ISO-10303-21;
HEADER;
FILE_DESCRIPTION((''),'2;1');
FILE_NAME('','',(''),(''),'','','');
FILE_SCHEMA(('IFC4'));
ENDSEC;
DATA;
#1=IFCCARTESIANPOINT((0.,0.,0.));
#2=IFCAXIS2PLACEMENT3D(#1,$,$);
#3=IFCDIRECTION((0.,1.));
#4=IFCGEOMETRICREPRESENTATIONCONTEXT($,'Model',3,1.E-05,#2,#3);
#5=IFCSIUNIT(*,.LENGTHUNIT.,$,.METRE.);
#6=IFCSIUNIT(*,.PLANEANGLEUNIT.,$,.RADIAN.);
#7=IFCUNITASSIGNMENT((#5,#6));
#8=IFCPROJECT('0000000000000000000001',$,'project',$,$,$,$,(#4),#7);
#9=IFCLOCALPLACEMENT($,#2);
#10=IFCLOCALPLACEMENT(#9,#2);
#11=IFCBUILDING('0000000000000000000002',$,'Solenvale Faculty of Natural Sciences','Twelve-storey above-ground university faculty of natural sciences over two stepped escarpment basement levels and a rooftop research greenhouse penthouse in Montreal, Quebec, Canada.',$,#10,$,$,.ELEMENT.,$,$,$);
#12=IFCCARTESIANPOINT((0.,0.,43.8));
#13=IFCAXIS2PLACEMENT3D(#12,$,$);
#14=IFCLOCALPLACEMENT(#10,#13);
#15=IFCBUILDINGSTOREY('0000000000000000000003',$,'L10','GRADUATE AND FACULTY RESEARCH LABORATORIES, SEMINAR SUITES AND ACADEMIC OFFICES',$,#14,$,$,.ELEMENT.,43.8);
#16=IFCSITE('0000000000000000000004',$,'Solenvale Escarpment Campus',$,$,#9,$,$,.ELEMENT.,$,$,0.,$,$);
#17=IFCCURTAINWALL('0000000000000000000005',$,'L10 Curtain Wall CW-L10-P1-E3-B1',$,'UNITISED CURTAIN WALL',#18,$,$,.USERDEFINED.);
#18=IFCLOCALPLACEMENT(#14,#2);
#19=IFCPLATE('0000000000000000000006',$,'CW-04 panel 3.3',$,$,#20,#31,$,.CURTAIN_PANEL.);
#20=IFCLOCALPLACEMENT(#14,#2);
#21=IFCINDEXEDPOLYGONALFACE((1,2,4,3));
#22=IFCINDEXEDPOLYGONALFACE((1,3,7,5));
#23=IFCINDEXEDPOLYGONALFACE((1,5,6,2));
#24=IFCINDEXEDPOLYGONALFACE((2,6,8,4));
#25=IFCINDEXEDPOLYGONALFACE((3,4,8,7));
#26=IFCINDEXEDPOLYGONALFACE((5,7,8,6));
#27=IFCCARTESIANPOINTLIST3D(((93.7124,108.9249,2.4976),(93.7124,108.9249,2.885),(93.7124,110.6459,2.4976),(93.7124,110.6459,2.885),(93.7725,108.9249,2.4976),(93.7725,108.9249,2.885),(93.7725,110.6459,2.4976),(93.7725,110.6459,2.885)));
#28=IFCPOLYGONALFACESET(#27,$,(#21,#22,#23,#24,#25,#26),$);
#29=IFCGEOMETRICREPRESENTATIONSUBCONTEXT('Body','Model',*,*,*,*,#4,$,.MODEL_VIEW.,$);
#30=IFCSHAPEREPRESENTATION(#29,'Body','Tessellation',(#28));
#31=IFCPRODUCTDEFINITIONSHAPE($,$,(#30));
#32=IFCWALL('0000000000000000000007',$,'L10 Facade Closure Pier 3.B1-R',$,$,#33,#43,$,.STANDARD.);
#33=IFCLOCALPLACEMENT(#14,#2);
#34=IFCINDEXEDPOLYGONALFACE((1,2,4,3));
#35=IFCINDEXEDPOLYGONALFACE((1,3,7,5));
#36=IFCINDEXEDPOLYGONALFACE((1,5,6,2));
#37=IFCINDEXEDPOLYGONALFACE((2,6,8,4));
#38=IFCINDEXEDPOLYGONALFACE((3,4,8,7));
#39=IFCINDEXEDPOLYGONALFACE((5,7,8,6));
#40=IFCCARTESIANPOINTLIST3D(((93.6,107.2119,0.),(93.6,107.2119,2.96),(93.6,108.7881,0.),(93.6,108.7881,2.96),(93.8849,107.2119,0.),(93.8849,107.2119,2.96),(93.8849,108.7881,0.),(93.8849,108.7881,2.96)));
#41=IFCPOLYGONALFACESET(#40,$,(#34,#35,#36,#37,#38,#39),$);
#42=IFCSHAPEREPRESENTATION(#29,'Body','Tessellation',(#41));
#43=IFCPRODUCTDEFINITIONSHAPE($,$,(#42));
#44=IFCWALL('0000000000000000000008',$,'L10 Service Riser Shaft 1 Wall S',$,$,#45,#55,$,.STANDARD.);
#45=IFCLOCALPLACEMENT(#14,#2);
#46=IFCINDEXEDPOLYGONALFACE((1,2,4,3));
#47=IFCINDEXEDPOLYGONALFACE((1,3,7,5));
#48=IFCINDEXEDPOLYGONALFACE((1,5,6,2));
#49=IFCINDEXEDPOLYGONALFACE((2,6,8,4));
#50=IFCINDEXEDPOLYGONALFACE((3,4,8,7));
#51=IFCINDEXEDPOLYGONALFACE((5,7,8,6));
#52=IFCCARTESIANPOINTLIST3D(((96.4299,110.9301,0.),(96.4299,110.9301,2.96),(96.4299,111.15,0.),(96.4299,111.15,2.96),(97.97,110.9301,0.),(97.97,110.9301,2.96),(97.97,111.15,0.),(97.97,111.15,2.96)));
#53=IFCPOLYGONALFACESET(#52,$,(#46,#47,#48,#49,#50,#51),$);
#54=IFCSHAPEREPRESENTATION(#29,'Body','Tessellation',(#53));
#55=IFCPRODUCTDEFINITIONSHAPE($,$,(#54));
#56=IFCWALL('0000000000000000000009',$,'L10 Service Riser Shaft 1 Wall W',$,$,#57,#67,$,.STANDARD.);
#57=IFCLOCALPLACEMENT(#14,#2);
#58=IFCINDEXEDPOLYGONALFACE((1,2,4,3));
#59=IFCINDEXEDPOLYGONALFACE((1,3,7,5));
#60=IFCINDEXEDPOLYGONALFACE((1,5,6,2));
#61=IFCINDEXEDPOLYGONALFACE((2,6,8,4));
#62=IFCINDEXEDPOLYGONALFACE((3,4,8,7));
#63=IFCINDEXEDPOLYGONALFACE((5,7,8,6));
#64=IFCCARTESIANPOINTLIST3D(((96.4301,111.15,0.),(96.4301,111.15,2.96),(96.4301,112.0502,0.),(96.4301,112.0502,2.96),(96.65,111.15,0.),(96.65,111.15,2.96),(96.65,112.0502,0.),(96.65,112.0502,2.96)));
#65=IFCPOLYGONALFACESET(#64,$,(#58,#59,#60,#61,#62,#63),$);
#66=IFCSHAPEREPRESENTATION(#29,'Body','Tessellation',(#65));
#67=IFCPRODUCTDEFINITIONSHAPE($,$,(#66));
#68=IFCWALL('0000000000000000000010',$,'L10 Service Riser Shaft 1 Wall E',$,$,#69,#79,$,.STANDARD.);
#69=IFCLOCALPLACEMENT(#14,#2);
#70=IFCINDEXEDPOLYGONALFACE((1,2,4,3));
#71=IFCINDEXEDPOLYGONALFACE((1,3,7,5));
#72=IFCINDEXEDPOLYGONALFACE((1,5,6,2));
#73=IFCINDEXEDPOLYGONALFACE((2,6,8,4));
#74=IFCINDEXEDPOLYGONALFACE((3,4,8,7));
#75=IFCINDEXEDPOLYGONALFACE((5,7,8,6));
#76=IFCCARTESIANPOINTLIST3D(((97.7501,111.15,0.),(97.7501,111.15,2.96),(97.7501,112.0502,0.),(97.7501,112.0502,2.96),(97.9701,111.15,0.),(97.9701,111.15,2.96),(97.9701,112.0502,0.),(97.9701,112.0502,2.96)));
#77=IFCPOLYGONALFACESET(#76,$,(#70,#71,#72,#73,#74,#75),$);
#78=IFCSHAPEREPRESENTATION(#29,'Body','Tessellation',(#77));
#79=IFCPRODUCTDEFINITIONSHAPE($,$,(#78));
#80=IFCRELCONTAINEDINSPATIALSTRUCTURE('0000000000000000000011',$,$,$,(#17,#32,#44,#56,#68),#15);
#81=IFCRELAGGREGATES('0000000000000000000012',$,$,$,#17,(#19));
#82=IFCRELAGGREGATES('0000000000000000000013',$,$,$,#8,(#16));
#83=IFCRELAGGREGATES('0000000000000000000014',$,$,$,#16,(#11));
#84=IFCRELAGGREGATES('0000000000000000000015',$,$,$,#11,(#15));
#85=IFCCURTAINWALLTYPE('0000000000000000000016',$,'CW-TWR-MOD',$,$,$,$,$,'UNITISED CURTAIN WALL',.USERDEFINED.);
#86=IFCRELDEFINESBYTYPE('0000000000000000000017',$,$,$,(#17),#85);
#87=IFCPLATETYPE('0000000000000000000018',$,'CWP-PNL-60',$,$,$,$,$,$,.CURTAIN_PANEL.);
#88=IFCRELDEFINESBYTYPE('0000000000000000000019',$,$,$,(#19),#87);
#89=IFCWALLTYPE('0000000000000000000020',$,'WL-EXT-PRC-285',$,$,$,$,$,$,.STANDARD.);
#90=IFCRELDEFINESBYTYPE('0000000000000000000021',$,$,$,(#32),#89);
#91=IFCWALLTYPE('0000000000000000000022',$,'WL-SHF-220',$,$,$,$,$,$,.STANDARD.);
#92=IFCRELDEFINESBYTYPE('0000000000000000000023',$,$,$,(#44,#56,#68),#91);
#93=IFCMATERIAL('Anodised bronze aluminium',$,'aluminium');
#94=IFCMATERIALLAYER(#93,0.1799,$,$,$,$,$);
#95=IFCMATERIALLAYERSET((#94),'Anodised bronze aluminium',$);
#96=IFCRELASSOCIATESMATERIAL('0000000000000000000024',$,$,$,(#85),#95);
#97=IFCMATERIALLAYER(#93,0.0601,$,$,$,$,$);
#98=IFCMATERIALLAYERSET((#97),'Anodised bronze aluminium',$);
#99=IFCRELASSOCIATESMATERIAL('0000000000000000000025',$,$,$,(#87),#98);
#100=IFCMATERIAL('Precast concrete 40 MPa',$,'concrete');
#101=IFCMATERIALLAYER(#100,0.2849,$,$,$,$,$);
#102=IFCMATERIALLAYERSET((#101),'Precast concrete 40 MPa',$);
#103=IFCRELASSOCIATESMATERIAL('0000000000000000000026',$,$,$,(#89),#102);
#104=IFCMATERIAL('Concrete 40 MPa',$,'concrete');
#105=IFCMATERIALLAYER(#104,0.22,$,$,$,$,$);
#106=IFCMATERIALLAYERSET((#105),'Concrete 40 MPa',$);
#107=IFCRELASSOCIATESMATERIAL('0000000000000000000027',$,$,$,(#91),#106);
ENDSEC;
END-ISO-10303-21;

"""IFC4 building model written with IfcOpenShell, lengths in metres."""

from ifc_helpers import new_model, si_unit, direction, frame, frame_2d, origin, origin_2d, place, context, subcontext, project, spatial, rectangle, extrude, material, layer, layer_set, type_object, element, aggregate, save


model = new_model("IFC4")

# Units and contexts
model_context = context("Model", 3, precision=1e-05, world=origin(), true_north=direction((0.0, 1.0)))
body_context = subcontext(model_context, "Body", "Model", "MODEL_VIEW")
ifc_project = project(units=[si_unit("LENGTHUNIT", "METRE"), si_unit("PLANEANGLEUNIT", "RADIAN")], contexts=[model_context])

# Site, building, storey
site_placement = place(None, origin())
site = spatial("IfcSite", under=ifc_project, at=site_placement, Name="Solenvale Escarpment Campus", CompositionType="ELEMENT", RefElevation=0.0)
building_placement = place(site_placement, origin())
building = spatial("IfcBuilding", under=site, at=building_placement, Name="Solenvale Faculty of Natural Sciences", Description="Twelve-storey above-ground university faculty of natural sciences over two stepped escarpment basement levels and a rooftop research greenhouse penthouse in Montreal, Quebec, Canada.", CompositionType="ELEMENT")
storey_placement = place(building_placement, frame((0.0, 0.0, 43.8)))
storey = spatial("IfcBuildingStorey", under=building, at=storey_placement, Name="L10", Description="GRADUATE AND FACULTY RESEARCH LABORATORIES, SEMINAR SUITES AND ACADEMIC OFFICES", CompositionType="ELEMENT", Elevation=43.8)

# Shared definitions
ifc_material_1 = material(Name="Concrete 40 MPa", Category="concrete")

# Curtain wall
ifc_material_2 = material(Name="Anodised bronze aluminium", Category="aluminium")
ifc_layer_1 = layer(ifc_material_2, 0.1799)
ifc_layer_set_1 = layer_set([ifc_layer_1], Name="Anodised bronze aluminium")
curtain_wall_type = type_object("IfcCurtainWallType", Name="CW-TWR-MOD", ElementType="UNITISED CURTAIN WALL", PredefinedType="USERDEFINED", material=ifc_layer_set_1)
curtain_wall_1_placement = place(storey_placement, origin())
curtain_wall_1 = element("IfcCurtainWall", 1, at=curtain_wall_1_placement, inside=storey, type_object=curtain_wall_type, Name="L10 Curtain Wall CW-L10-P1-E3-B1", ObjectType="UNITISED CURTAIN WALL", PredefinedType="USERDEFINED")

# Plate
ifc_layer_2 = layer(ifc_material_2, 0.0601)
ifc_layer_set_2 = layer_set([ifc_layer_2], Name="Anodised bronze aluminium")
plate_type = type_object("IfcPlateType", Name="CWP-PNL-60", PredefinedType="CURTAIN_PANEL", material=ifc_layer_set_2)
plate_1_placement = place(storey_placement, frame((93.7424, 109.7854, 2.4976), z_axis=(0.0, 0.0, 1.0), x_axis=(0.0, -1.0, 0.0)))
plate_1 = element("IfcPlate", 2, at=plate_1_placement, type_object=plate_type, Name="CW-04 panel 3.3", PredefinedType="CURTAIN_PANEL", context=body_context, shape_type="SweptSolid", body=[
    extrude(rectangle(XDim=1.7209, YDim=0.0601, at=origin_2d()), origin(), (0.0, 0.0, 1.0), 0.3875),
])
aggregate(curtain_wall_1, [plate_1])

# Walls
ifc_material_3 = material(Name="Precast concrete 40 MPa", Category="concrete")
ifc_layer_3 = layer(ifc_material_3, 0.2849)
ifc_layer_set_3 = layer_set([ifc_layer_3], Name="Precast concrete 40 MPa")
wall_type_1 = type_object("IfcWallType", Name="WL-EXT-PRC-285", PredefinedType="STANDARD", material=ifc_layer_set_3)
wall_1_placement = place(storey_placement, frame((93.7424, 108.7881, 0.0), z_axis=(0.0, 0.0, 1.0), x_axis=(0.0, -1.0, 0.0)))
element("IfcWall", 3, at=wall_1_placement, inside=storey, type_object=wall_type_1, Name="L10 Facade Closure Pier 3.B1-R", PredefinedType="STANDARD", context=body_context, shape_type="SweptSolid", body=[
    extrude(rectangle(XDim=1.5762, YDim=0.2849, at=frame_2d((0.7881, 0.0))), origin(), (0.0, 0.0, 1.0), 2.96),
])
ifc_layer_4 = layer(ifc_material_1, 0.22)
ifc_layer_set_4 = layer_set([ifc_layer_4], Name="Concrete 40 MPa")
wall_type_2 = type_object("IfcWallType", Name="WL-SHF-220", PredefinedType="STANDARD", material=ifc_layer_set_4)
wall_2_placement = place(storey_placement, frame((96.4299, 111.04, 0.0), z_axis=(0.0, 0.0, 1.0), x_axis=(1.0, 0.0, 0.0)))
element("IfcWall", 4, at=wall_2_placement, inside=storey, type_object=wall_type_2, Name="L10 Service Riser Shaft 1 Wall S", PredefinedType="STANDARD", context=body_context, shape_type="SweptSolid", body=[
    extrude(rectangle(XDim=1.54, YDim=0.22, at=frame_2d((0.77, 0.0))), origin(), (0.0, 0.0, 1.0), 2.96),
])
for number, where, z_axis, x_axis, name in (
    (5, (96.54, 111.1499, 0.0), (0.0, 0.0, 1.0), (0.0, 1.0, 0.0), "L10 Service Riser Shaft 1 Wall W"),
    (6, (97.8601, 111.1499, 0.0), (0.0, 0.0, 1.0), (0.0, 1.0, 0.0), "L10 Service Riser Shaft 1 Wall E"),
):
    element("IfcWall", number, at=place(storey_placement, frame(where, z_axis=z_axis, x_axis=x_axis)), inside=storey, type_object=wall_type_2, Name=name, PredefinedType="STANDARD", context=body_context, shape_type="SweptSolid", body=[
        extrude(rectangle(XDim=0.9001, YDim=0.22, at=frame_2d((0.4502, 0.0))), origin(), (0.0, 0.0, 1.0), 2.96),
    ])

save(model, "model.ifc")
